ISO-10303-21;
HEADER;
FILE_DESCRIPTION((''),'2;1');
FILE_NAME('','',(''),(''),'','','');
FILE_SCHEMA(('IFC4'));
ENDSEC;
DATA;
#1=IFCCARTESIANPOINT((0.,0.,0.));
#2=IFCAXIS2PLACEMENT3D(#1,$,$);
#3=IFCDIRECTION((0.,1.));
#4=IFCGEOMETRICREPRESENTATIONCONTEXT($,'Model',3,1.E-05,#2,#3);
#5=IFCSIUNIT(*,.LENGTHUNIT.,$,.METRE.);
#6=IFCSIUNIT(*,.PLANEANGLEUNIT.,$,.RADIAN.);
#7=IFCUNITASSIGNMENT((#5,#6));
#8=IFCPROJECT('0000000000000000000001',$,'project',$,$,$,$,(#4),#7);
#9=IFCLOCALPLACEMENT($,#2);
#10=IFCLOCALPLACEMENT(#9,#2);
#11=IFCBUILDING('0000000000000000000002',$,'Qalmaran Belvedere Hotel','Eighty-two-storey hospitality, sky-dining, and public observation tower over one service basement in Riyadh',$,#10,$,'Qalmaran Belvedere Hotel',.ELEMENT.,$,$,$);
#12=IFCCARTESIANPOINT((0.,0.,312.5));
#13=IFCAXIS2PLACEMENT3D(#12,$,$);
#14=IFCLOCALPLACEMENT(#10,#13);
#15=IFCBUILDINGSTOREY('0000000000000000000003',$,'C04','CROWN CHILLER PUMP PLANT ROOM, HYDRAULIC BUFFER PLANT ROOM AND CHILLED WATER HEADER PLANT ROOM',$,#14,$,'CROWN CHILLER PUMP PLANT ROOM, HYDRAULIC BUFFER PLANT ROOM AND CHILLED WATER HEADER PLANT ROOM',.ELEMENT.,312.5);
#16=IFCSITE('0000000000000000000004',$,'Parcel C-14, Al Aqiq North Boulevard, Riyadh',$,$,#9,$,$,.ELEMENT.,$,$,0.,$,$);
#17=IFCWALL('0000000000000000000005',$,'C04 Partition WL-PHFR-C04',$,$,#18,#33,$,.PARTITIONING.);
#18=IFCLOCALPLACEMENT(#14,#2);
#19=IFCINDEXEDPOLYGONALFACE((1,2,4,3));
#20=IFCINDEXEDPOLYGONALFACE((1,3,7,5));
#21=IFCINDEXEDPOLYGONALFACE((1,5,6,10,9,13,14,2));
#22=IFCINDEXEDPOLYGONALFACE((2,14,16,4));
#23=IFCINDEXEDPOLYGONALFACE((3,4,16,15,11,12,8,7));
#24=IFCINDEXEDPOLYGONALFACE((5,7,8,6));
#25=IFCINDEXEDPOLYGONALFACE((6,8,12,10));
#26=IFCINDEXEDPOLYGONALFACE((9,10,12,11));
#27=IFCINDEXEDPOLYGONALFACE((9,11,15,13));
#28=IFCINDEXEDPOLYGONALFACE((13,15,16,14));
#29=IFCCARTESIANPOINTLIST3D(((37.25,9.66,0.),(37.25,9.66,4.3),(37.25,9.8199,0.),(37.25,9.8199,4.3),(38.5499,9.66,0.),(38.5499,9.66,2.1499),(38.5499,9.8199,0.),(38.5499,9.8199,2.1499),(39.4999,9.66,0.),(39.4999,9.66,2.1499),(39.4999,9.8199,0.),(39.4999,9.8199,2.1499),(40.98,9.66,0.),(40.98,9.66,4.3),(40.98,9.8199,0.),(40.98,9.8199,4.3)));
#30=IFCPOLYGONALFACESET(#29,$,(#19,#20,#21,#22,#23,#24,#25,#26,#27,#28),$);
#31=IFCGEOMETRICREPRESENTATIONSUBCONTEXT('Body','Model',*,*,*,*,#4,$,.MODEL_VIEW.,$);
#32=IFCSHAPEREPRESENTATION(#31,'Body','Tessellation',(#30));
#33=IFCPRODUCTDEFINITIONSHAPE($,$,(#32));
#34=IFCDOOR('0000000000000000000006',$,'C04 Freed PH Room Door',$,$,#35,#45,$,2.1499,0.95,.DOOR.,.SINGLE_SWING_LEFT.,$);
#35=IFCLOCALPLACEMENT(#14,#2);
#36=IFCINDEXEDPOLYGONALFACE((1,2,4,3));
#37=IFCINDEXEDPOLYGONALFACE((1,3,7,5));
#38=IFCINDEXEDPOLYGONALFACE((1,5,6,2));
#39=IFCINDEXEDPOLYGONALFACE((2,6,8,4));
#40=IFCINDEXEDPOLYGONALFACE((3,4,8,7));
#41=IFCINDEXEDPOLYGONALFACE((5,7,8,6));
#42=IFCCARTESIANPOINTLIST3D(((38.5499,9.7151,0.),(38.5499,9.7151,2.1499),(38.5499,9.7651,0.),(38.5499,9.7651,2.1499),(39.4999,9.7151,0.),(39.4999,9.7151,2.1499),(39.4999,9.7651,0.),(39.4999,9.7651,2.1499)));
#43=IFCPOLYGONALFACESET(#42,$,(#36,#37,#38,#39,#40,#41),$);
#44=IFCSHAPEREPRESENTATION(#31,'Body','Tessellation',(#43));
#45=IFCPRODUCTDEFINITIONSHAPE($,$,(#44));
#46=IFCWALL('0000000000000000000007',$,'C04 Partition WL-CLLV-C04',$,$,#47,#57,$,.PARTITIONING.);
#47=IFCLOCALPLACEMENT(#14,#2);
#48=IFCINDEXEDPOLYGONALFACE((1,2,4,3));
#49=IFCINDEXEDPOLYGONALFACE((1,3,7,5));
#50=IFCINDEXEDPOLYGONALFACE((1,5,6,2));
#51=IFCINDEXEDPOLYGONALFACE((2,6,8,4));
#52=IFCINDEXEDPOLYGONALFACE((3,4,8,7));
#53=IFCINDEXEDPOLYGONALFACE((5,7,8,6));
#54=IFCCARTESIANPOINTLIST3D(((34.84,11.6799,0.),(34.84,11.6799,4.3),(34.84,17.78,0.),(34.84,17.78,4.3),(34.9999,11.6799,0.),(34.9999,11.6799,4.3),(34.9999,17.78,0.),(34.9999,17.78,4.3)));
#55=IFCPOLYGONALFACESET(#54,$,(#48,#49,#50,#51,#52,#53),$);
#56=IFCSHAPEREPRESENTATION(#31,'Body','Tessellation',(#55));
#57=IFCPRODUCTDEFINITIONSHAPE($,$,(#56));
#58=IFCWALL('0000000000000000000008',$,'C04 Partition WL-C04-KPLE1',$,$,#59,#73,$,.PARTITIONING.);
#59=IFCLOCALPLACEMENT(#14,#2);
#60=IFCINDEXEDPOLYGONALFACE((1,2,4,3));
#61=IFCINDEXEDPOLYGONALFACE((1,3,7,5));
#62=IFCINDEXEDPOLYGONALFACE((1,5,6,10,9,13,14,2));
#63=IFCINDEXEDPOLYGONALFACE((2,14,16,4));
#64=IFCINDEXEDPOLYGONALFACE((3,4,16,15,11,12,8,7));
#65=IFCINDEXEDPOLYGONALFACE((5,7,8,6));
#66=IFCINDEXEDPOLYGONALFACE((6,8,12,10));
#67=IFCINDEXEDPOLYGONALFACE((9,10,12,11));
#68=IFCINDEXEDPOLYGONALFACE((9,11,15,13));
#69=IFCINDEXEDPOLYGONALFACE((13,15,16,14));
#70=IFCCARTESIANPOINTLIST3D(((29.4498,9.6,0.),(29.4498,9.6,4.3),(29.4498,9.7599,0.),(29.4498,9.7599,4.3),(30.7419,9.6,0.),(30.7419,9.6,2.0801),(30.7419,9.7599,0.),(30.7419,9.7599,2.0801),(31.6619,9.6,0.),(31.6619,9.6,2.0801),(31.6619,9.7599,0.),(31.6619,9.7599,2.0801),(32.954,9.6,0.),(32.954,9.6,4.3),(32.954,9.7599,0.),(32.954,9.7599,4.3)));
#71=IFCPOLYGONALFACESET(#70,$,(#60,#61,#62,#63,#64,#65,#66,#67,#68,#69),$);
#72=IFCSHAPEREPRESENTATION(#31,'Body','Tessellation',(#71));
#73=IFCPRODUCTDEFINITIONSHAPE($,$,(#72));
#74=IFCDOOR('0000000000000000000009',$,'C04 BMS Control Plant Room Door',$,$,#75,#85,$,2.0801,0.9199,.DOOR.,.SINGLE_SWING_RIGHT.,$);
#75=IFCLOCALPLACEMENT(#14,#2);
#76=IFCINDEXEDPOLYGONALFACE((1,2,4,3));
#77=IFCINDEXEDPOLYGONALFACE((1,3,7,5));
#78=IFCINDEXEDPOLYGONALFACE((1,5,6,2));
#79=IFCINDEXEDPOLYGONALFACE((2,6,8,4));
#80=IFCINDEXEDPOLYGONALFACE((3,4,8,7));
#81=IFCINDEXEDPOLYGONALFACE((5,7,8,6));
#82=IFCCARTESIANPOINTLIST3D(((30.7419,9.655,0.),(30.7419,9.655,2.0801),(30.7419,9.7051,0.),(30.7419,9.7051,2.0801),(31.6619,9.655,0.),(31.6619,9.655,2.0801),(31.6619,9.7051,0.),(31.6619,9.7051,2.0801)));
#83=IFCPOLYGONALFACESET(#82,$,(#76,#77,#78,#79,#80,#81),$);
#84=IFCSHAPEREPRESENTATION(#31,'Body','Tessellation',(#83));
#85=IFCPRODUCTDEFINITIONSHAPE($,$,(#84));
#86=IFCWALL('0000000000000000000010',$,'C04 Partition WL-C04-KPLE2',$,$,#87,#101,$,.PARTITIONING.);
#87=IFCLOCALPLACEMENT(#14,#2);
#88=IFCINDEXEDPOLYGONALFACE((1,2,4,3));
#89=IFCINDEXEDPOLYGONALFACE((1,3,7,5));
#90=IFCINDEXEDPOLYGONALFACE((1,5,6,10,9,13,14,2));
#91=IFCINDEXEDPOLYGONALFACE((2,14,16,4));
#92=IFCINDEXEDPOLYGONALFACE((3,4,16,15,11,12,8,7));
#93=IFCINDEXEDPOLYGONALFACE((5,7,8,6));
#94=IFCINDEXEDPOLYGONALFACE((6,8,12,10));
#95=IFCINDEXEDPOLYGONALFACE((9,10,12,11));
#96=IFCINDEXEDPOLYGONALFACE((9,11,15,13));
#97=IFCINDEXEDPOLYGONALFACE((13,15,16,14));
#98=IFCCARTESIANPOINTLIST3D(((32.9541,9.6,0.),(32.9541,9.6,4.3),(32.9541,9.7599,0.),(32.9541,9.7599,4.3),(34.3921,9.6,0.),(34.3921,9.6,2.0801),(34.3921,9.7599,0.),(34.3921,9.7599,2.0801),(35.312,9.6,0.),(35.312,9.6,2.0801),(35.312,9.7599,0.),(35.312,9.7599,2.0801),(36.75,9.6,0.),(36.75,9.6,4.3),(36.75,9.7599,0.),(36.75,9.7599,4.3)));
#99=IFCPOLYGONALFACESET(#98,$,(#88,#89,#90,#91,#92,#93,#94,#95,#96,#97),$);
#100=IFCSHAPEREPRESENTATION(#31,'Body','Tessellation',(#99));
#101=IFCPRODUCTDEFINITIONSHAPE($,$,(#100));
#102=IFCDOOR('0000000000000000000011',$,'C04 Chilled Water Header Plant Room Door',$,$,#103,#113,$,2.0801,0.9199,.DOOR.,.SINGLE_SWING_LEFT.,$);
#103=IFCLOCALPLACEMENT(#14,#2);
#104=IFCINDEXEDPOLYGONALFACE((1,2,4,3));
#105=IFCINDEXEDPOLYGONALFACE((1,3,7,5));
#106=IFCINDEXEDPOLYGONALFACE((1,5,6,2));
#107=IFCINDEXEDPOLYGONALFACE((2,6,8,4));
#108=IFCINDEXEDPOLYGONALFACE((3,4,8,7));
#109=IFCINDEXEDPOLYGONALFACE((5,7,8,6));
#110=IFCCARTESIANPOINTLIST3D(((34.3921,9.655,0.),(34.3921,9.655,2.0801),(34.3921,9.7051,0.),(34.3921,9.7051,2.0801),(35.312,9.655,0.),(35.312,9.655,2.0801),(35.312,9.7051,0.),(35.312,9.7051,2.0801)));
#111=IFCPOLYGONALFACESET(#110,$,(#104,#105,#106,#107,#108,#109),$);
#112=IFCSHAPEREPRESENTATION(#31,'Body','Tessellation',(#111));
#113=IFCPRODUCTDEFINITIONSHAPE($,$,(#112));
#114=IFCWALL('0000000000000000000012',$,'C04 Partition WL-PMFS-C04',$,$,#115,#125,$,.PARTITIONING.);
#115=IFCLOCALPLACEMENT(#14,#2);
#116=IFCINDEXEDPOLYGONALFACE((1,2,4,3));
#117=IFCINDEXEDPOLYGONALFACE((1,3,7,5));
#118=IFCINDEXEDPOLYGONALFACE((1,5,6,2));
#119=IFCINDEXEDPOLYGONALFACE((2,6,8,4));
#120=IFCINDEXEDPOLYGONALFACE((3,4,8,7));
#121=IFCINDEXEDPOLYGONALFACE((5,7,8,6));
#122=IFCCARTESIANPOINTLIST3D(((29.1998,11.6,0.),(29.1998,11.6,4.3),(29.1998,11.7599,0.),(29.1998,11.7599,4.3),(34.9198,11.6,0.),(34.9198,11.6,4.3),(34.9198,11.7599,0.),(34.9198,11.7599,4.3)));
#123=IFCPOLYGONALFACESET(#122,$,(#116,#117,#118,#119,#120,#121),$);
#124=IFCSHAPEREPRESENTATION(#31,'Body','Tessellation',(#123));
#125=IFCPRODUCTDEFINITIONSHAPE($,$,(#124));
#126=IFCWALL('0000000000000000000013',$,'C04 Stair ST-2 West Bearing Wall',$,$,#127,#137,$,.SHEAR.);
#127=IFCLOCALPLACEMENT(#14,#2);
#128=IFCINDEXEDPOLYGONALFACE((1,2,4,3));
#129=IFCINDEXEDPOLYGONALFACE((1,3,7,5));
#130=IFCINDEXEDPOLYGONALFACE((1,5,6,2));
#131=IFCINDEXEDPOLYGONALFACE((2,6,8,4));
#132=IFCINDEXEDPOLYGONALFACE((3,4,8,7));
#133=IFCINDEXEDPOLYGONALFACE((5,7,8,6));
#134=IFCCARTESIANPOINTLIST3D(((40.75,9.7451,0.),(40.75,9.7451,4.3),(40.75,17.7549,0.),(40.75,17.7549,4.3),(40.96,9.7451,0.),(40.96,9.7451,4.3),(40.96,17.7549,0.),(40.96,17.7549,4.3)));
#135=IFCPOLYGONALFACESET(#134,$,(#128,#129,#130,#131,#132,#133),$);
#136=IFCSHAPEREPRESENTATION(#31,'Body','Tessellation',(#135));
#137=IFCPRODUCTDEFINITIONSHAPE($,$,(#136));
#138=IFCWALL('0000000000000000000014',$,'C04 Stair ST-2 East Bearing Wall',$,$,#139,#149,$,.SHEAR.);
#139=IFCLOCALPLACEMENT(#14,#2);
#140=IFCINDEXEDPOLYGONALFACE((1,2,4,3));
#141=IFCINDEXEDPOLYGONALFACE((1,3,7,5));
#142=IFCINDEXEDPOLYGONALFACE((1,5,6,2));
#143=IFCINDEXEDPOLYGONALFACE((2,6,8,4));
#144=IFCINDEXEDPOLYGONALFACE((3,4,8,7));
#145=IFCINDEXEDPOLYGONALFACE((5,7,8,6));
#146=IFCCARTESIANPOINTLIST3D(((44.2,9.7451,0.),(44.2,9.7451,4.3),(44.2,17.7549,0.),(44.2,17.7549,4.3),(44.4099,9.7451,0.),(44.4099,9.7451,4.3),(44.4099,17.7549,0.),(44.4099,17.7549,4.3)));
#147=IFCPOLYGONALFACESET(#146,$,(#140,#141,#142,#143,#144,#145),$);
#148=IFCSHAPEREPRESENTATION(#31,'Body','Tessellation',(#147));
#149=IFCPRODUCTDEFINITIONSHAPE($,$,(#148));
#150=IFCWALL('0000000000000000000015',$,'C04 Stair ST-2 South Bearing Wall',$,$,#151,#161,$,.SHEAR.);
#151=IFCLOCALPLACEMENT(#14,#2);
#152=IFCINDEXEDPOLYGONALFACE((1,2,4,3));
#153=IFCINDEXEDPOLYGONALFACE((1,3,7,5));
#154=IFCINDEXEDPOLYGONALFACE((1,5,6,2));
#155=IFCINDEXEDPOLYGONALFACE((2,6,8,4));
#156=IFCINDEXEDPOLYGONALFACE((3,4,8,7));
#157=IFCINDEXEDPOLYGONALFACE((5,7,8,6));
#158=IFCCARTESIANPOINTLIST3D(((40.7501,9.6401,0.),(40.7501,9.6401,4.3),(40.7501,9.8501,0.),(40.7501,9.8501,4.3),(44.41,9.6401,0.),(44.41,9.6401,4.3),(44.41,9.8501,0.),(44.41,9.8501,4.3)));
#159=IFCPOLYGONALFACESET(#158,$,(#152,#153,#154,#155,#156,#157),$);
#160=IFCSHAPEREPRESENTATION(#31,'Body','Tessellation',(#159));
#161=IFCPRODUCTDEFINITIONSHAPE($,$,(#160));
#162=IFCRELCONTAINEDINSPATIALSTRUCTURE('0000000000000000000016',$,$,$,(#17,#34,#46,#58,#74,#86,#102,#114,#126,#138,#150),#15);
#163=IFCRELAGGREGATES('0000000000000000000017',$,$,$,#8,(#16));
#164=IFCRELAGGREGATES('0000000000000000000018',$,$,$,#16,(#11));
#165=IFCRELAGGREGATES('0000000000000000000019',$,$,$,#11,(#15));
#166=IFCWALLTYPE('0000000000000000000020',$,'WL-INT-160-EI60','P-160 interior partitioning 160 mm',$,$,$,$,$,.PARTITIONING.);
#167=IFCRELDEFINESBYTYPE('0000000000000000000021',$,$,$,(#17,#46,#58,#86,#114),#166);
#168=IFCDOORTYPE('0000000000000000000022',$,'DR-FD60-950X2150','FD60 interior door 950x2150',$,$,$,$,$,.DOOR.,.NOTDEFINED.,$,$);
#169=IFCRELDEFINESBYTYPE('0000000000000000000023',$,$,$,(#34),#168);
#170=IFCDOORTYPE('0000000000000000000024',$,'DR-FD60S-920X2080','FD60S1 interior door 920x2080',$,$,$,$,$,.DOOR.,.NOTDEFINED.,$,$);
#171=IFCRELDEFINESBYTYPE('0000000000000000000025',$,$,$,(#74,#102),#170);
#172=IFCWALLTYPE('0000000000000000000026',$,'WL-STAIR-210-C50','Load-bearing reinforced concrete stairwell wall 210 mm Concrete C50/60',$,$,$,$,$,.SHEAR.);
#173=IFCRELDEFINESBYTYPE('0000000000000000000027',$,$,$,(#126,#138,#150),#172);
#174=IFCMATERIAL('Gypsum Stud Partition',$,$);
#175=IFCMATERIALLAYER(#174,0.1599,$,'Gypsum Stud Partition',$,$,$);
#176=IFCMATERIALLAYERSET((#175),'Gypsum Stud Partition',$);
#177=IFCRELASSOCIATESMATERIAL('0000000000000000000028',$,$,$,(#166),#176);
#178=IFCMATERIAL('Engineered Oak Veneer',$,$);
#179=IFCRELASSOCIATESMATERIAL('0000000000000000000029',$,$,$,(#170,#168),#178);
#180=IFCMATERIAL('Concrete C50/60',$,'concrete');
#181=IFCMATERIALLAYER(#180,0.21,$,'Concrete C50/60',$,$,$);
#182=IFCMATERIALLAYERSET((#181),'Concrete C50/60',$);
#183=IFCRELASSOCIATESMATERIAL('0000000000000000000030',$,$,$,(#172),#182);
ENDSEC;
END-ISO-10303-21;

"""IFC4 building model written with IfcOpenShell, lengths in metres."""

from ifc_helpers import new_model, si_unit, direction, frame, frame_2d, origin, place, context, subcontext, project, spatial, rectangle, extrude, material, layer, layer_set, type_object, element, fill, save


model = new_model("IFC4")

# Units and contexts
model_context = context("Model", 3, precision=1e-05, world=origin(), true_north=direction((0.0, 1.0)))
body_context = subcontext(model_context, "Body", "Model", "MODEL_VIEW")
ifc_project = project(units=[si_unit("LENGTHUNIT", "METRE"), si_unit("PLANEANGLEUNIT", "RADIAN")], contexts=[model_context])

# Site, building, storey
site_placement = place(None, origin())
site = spatial("IfcSite", under=ifc_project, at=site_placement, Name="Parcel C-14, Al Aqiq North Boulevard, Riyadh", CompositionType="ELEMENT", RefElevation=0.0)
building_placement = place(site_placement, origin())
building = spatial("IfcBuilding", under=site, at=building_placement, Name="Qalmaran Belvedere Hotel", Description="Eighty-two-storey hospitality, sky-dining, and public observation tower over one service basement in Riyadh", LongName="Qalmaran Belvedere Hotel", CompositionType="ELEMENT")
storey_placement = place(building_placement, frame((0.0, 0.0, 312.5)))
storey = spatial("IfcBuildingStorey", under=building, at=storey_placement, Name="C04", Description="CROWN CHILLER PUMP PLANT ROOM, HYDRAULIC BUFFER PLANT ROOM AND CHILLED WATER HEADER PLANT ROOM", LongName="CROWN CHILLER PUMP PLANT ROOM, HYDRAULIC BUFFER PLANT ROOM AND CHILLED WATER HEADER PLANT ROOM", CompositionType="ELEMENT", Elevation=312.5)

# Shared definitions
ifc_material_1 = material(Name="Concrete C50/60", Category="concrete")

# Shared definitions
ifc_material_2 = material(Name="Gypsum Stud Partition")

# Wall, opening, door
ifc_layer_1 = layer(ifc_material_2, 0.1599, Name="Gypsum Stud Partition")
ifc_layer_set_1 = layer_set([ifc_layer_1], Name="Gypsum Stud Partition")
wall_type_1 = type_object("IfcWallType", Name="WL-INT-160-EI60", Description="P-160 interior partitioning 160 mm", PredefinedType="PARTITIONING", material=ifc_layer_set_1)
ifc_material_3 = material(Name="Engineered Oak Veneer")
door_type_1 = type_object("IfcDoorType", Name="DR-FD60S-920X2080", Description="FD60S1 interior door 920x2080", OperationType="NOTDEFINED", PredefinedType="DOOR", material=ifc_material_3)
wall_1_placement = place(storey_placement, frame((37.25, 9.74, 0.0), z_axis=(0.0, 0.0, 1.0), x_axis=(1.0, 0.0, 0.0)))
wall_1 = element("IfcWall", 1, at=wall_1_placement, inside=storey, type_object=wall_type_1, Name="C04 Partition WL-PHFR-C04", PredefinedType="PARTITIONING", context=body_context, shape_type="SweptSolid", body=[
    extrude(rectangle(XDim=3.73, YDim=0.1599, at=frame_2d((1.865, 0.0))), origin(), (0.0, 0.0, 1.0), 4.3),
])
opening_1_placement = place(wall_1_placement, frame((2.25, 0.0, 0.0), z_axis=(0.0, 0.0, 1.0), x_axis=(-1.0, 0.0, 0.0)))
opening_1 = element("IfcOpeningElement", 2, at=opening_1_placement, cuts=wall_1, PredefinedType="OPENING", context=body_context, shape_type="SweptSolid", body=[
    extrude(rectangle(XDim=0.95, YDim=2.1499, at=frame_2d((0.4751, 1.075))), frame((0.0, 0.0898, 0.0), z_axis=(0.0, -1.0, 0.0), x_axis=(1.0, 0.0, 0.0)), (0.0, 0.0, 1.0), 0.1799),
])
door_type_2 = type_object("IfcDoorType", Name="DR-FD60-950X2150", Description="FD60 interior door 950x2150", OperationType="NOTDEFINED", PredefinedType="DOOR", material=ifc_material_3)
door_1_placement = place(opening_1_placement, origin())
door_1 = element("IfcDoor", 3, at=door_1_placement, inside=storey, type_object=door_type_2, Name="C04 Freed PH Room Door", OperationType="SINGLE_SWING_LEFT", OverallHeight=2.1499, OverallWidth=0.95, PredefinedType="DOOR", context=body_context, shape_type="SweptSolid", body=[
    extrude(rectangle(XDim=0.95, YDim=2.1499, at=frame_2d((0.4751, 1.075))), frame((0.0, 0.0249, 0.0), z_axis=(0.0, -1.0, 0.0), x_axis=(1.0, 0.0, 0.0)), (0.0, 0.0, 1.0), 0.05),
])
fill(opening_1, door_1)

# Wall
wall_2_placement = place(storey_placement, frame((34.9199, 11.6799, 0.0), z_axis=(0.0, 0.0, 1.0), x_axis=(0.0, 1.0, 0.0)))
element("IfcWall", 4, at=wall_2_placement, inside=storey, type_object=wall_type_1, Name="C04 Partition WL-CLLV-C04", PredefinedType="PARTITIONING", context=body_context, shape_type="SweptSolid", body=[
    extrude(rectangle(XDim=6.1001, YDim=0.1599, at=frame_2d((3.05, 0.0))), origin(), (0.0, 0.0, 1.0), 4.3),
])

# Walls, openings, doors
wall_3_placement = place(storey_placement, frame((29.45, 9.6799, 0.0), z_axis=(0.0, 0.0, 1.0), x_axis=(1.0, 0.0, 0.0)))
wall_3 = element("IfcWall", 5, at=wall_3_placement, inside=storey, type_object=wall_type_1, Name="C04 Partition WL-C04-KPLE1", PredefinedType="PARTITIONING", context=body_context, shape_type="SweptSolid", body=[
    extrude(rectangle(XDim=3.5042, YDim=0.1599, at=frame_2d((1.752, 0.0))), origin(), (0.0, 0.0, 1.0), 4.3),
])
opening_2_placement = place(wall_3_placement, frame((2.2119, 0.0, 0.0), z_axis=(0.0, 0.0, 1.0), x_axis=(-1.0, 0.0, 0.0)))
opening_2 = element("IfcOpeningElement", 6, at=opening_2_placement, cuts=wall_3, PredefinedType="OPENING", context=body_context, shape_type="SweptSolid", body=[
    extrude(rectangle(XDim=0.9199, YDim=2.0801, at=frame_2d((0.46, 1.04))), frame((0.0, 0.0898, 0.0), z_axis=(0.0, -1.0, 0.0), x_axis=(1.0, 0.0, 0.0)), (0.0, 0.0, 1.0), 0.1799),
])
door_2_placement = place(opening_2_placement, origin())
door_2 = element("IfcDoor", 7, at=door_2_placement, inside=storey, type_object=door_type_1, Name="C04 BMS Control Plant Room Door", OperationType="SINGLE_SWING_RIGHT", OverallHeight=2.0801, OverallWidth=0.9199, PredefinedType="DOOR", context=body_context, shape_type="SweptSolid", body=[
    extrude(rectangle(XDim=0.9199, YDim=2.0801, at=frame_2d((0.46, 1.04))), frame((0.0, 0.0249, 0.0), z_axis=(0.0, -1.0, 0.0), x_axis=(1.0, 0.0, 0.0)), (0.0, 0.0, 1.0), 0.05),
])
fill(opening_2, door_2)
wall_4_placement = place(storey_placement, frame((32.9541, 9.6799, 0.0), z_axis=(0.0, 0.0, 1.0), x_axis=(1.0, 0.0, 0.0)))
wall_4 = element("IfcWall", 8, at=wall_4_placement, inside=storey, type_object=wall_type_1, Name="C04 Partition WL-C04-KPLE2", PredefinedType="PARTITIONING", context=body_context, shape_type="SweptSolid", body=[
    extrude(rectangle(XDim=3.7959, YDim=0.1599, at=frame_2d((1.8979, 0.0))), origin(), (0.0, 0.0, 1.0), 4.3),
])
opening_3_placement = place(wall_4_placement, frame((2.3579, 0.0, 0.0), z_axis=(0.0, 0.0, 1.0), x_axis=(-1.0, 0.0, 0.0)))
opening_3 = element("IfcOpeningElement", 9, at=opening_3_placement, cuts=wall_4, PredefinedType="OPENING", context=body_context, shape_type="SweptSolid", body=[
    extrude(rectangle(XDim=0.9199, YDim=2.0801, at=frame_2d((0.46, 1.04))), frame((0.0, 0.0898, 0.0), z_axis=(0.0, -1.0, 0.0), x_axis=(1.0, 0.0, 0.0)), (0.0, 0.0, 1.0), 0.1799),
])
door_3_placement = place(opening_3_placement, origin())
door_3 = element("IfcDoor", 10, at=door_3_placement, inside=storey, type_object=door_type_1, Name="C04 Chilled Water Header Plant Room Door", OperationType="SINGLE_SWING_LEFT", OverallHeight=2.0801, OverallWidth=0.9199, PredefinedType="DOOR", context=body_context, shape_type="SweptSolid", body=[
    extrude(rectangle(XDim=0.9199, YDim=2.0801, at=frame_2d((0.46, 1.04))), frame((0.0, 0.0249, 0.0), z_axis=(0.0, -1.0, 0.0), x_axis=(1.0, 0.0, 0.0)), (0.0, 0.0, 1.0), 0.05),
])
fill(opening_3, door_3)

# Walls
wall_5_placement = place(storey_placement, frame((29.2, 11.6799, 0.0), z_axis=(0.0, 0.0, 1.0), x_axis=(1.0, 0.0, 0.0)))
element("IfcWall", 11, at=wall_5_placement, inside=storey, type_object=wall_type_1, Name="C04 Partition WL-PMFS-C04", PredefinedType="PARTITIONING", context=body_context, shape_type="SweptSolid", body=[
    extrude(rectangle(XDim=5.72, YDim=0.1599, at=frame_2d((2.8599, 0.0))), origin(), (0.0, 0.0, 1.0), 4.3),
])
ifc_layer_2 = layer(ifc_material_1, 0.21, Name="Concrete C50/60")
ifc_layer_set_2 = layer_set([ifc_layer_2], Name="Concrete C50/60")
wall_type_2 = type_object("IfcWallType", Name="WL-STAIR-210-C50", Description="Load-bearing reinforced concrete stairwell wall 210 mm Concrete C50/60", PredefinedType="SHEAR", material=ifc_layer_set_2)
for number, where, z_axis, x_axis, name in (
    (12, (40.855, 9.7451, 0.0), (0.0, 0.0, 1.0), (0.0, 1.0, 0.0), "C04 Stair ST-2 West Bearing Wall"),
    (13, (44.3049, 9.7451, 0.0), (0.0, 0.0, 1.0), (0.0, 1.0, 0.0), "C04 Stair ST-2 East Bearing Wall"),
):
    element("IfcWall", number, at=place(storey_placement, frame(where, z_axis=z_axis, x_axis=x_axis)), inside=storey, type_object=wall_type_2, Name=name, PredefinedType="SHEAR", context=body_context, shape_type="SweptSolid", body=[
        extrude(rectangle(XDim=8.0098, YDim=0.21, at=frame_2d((4.0049, 0.0))), origin(), (0.0, 0.0, 1.0), 4.3),
    ])
wall_6_placement = place(storey_placement, frame((40.75, 9.7451, 0.0), z_axis=(0.0, 0.0, 1.0), x_axis=(1.0, 0.0, 0.0)))
element("IfcWall", 14, at=wall_6_placement, inside=storey, type_object=wall_type_2, Name="C04 Stair ST-2 South Bearing Wall", PredefinedType="SHEAR", context=body_context, shape_type="SweptSolid", body=[
    extrude(rectangle(XDim=3.6599, YDim=0.21, at=frame_2d((1.8301, 0.0))), origin(), (0.0, 0.0, 1.0), 4.3),
])

save(model, "model.ifc")
